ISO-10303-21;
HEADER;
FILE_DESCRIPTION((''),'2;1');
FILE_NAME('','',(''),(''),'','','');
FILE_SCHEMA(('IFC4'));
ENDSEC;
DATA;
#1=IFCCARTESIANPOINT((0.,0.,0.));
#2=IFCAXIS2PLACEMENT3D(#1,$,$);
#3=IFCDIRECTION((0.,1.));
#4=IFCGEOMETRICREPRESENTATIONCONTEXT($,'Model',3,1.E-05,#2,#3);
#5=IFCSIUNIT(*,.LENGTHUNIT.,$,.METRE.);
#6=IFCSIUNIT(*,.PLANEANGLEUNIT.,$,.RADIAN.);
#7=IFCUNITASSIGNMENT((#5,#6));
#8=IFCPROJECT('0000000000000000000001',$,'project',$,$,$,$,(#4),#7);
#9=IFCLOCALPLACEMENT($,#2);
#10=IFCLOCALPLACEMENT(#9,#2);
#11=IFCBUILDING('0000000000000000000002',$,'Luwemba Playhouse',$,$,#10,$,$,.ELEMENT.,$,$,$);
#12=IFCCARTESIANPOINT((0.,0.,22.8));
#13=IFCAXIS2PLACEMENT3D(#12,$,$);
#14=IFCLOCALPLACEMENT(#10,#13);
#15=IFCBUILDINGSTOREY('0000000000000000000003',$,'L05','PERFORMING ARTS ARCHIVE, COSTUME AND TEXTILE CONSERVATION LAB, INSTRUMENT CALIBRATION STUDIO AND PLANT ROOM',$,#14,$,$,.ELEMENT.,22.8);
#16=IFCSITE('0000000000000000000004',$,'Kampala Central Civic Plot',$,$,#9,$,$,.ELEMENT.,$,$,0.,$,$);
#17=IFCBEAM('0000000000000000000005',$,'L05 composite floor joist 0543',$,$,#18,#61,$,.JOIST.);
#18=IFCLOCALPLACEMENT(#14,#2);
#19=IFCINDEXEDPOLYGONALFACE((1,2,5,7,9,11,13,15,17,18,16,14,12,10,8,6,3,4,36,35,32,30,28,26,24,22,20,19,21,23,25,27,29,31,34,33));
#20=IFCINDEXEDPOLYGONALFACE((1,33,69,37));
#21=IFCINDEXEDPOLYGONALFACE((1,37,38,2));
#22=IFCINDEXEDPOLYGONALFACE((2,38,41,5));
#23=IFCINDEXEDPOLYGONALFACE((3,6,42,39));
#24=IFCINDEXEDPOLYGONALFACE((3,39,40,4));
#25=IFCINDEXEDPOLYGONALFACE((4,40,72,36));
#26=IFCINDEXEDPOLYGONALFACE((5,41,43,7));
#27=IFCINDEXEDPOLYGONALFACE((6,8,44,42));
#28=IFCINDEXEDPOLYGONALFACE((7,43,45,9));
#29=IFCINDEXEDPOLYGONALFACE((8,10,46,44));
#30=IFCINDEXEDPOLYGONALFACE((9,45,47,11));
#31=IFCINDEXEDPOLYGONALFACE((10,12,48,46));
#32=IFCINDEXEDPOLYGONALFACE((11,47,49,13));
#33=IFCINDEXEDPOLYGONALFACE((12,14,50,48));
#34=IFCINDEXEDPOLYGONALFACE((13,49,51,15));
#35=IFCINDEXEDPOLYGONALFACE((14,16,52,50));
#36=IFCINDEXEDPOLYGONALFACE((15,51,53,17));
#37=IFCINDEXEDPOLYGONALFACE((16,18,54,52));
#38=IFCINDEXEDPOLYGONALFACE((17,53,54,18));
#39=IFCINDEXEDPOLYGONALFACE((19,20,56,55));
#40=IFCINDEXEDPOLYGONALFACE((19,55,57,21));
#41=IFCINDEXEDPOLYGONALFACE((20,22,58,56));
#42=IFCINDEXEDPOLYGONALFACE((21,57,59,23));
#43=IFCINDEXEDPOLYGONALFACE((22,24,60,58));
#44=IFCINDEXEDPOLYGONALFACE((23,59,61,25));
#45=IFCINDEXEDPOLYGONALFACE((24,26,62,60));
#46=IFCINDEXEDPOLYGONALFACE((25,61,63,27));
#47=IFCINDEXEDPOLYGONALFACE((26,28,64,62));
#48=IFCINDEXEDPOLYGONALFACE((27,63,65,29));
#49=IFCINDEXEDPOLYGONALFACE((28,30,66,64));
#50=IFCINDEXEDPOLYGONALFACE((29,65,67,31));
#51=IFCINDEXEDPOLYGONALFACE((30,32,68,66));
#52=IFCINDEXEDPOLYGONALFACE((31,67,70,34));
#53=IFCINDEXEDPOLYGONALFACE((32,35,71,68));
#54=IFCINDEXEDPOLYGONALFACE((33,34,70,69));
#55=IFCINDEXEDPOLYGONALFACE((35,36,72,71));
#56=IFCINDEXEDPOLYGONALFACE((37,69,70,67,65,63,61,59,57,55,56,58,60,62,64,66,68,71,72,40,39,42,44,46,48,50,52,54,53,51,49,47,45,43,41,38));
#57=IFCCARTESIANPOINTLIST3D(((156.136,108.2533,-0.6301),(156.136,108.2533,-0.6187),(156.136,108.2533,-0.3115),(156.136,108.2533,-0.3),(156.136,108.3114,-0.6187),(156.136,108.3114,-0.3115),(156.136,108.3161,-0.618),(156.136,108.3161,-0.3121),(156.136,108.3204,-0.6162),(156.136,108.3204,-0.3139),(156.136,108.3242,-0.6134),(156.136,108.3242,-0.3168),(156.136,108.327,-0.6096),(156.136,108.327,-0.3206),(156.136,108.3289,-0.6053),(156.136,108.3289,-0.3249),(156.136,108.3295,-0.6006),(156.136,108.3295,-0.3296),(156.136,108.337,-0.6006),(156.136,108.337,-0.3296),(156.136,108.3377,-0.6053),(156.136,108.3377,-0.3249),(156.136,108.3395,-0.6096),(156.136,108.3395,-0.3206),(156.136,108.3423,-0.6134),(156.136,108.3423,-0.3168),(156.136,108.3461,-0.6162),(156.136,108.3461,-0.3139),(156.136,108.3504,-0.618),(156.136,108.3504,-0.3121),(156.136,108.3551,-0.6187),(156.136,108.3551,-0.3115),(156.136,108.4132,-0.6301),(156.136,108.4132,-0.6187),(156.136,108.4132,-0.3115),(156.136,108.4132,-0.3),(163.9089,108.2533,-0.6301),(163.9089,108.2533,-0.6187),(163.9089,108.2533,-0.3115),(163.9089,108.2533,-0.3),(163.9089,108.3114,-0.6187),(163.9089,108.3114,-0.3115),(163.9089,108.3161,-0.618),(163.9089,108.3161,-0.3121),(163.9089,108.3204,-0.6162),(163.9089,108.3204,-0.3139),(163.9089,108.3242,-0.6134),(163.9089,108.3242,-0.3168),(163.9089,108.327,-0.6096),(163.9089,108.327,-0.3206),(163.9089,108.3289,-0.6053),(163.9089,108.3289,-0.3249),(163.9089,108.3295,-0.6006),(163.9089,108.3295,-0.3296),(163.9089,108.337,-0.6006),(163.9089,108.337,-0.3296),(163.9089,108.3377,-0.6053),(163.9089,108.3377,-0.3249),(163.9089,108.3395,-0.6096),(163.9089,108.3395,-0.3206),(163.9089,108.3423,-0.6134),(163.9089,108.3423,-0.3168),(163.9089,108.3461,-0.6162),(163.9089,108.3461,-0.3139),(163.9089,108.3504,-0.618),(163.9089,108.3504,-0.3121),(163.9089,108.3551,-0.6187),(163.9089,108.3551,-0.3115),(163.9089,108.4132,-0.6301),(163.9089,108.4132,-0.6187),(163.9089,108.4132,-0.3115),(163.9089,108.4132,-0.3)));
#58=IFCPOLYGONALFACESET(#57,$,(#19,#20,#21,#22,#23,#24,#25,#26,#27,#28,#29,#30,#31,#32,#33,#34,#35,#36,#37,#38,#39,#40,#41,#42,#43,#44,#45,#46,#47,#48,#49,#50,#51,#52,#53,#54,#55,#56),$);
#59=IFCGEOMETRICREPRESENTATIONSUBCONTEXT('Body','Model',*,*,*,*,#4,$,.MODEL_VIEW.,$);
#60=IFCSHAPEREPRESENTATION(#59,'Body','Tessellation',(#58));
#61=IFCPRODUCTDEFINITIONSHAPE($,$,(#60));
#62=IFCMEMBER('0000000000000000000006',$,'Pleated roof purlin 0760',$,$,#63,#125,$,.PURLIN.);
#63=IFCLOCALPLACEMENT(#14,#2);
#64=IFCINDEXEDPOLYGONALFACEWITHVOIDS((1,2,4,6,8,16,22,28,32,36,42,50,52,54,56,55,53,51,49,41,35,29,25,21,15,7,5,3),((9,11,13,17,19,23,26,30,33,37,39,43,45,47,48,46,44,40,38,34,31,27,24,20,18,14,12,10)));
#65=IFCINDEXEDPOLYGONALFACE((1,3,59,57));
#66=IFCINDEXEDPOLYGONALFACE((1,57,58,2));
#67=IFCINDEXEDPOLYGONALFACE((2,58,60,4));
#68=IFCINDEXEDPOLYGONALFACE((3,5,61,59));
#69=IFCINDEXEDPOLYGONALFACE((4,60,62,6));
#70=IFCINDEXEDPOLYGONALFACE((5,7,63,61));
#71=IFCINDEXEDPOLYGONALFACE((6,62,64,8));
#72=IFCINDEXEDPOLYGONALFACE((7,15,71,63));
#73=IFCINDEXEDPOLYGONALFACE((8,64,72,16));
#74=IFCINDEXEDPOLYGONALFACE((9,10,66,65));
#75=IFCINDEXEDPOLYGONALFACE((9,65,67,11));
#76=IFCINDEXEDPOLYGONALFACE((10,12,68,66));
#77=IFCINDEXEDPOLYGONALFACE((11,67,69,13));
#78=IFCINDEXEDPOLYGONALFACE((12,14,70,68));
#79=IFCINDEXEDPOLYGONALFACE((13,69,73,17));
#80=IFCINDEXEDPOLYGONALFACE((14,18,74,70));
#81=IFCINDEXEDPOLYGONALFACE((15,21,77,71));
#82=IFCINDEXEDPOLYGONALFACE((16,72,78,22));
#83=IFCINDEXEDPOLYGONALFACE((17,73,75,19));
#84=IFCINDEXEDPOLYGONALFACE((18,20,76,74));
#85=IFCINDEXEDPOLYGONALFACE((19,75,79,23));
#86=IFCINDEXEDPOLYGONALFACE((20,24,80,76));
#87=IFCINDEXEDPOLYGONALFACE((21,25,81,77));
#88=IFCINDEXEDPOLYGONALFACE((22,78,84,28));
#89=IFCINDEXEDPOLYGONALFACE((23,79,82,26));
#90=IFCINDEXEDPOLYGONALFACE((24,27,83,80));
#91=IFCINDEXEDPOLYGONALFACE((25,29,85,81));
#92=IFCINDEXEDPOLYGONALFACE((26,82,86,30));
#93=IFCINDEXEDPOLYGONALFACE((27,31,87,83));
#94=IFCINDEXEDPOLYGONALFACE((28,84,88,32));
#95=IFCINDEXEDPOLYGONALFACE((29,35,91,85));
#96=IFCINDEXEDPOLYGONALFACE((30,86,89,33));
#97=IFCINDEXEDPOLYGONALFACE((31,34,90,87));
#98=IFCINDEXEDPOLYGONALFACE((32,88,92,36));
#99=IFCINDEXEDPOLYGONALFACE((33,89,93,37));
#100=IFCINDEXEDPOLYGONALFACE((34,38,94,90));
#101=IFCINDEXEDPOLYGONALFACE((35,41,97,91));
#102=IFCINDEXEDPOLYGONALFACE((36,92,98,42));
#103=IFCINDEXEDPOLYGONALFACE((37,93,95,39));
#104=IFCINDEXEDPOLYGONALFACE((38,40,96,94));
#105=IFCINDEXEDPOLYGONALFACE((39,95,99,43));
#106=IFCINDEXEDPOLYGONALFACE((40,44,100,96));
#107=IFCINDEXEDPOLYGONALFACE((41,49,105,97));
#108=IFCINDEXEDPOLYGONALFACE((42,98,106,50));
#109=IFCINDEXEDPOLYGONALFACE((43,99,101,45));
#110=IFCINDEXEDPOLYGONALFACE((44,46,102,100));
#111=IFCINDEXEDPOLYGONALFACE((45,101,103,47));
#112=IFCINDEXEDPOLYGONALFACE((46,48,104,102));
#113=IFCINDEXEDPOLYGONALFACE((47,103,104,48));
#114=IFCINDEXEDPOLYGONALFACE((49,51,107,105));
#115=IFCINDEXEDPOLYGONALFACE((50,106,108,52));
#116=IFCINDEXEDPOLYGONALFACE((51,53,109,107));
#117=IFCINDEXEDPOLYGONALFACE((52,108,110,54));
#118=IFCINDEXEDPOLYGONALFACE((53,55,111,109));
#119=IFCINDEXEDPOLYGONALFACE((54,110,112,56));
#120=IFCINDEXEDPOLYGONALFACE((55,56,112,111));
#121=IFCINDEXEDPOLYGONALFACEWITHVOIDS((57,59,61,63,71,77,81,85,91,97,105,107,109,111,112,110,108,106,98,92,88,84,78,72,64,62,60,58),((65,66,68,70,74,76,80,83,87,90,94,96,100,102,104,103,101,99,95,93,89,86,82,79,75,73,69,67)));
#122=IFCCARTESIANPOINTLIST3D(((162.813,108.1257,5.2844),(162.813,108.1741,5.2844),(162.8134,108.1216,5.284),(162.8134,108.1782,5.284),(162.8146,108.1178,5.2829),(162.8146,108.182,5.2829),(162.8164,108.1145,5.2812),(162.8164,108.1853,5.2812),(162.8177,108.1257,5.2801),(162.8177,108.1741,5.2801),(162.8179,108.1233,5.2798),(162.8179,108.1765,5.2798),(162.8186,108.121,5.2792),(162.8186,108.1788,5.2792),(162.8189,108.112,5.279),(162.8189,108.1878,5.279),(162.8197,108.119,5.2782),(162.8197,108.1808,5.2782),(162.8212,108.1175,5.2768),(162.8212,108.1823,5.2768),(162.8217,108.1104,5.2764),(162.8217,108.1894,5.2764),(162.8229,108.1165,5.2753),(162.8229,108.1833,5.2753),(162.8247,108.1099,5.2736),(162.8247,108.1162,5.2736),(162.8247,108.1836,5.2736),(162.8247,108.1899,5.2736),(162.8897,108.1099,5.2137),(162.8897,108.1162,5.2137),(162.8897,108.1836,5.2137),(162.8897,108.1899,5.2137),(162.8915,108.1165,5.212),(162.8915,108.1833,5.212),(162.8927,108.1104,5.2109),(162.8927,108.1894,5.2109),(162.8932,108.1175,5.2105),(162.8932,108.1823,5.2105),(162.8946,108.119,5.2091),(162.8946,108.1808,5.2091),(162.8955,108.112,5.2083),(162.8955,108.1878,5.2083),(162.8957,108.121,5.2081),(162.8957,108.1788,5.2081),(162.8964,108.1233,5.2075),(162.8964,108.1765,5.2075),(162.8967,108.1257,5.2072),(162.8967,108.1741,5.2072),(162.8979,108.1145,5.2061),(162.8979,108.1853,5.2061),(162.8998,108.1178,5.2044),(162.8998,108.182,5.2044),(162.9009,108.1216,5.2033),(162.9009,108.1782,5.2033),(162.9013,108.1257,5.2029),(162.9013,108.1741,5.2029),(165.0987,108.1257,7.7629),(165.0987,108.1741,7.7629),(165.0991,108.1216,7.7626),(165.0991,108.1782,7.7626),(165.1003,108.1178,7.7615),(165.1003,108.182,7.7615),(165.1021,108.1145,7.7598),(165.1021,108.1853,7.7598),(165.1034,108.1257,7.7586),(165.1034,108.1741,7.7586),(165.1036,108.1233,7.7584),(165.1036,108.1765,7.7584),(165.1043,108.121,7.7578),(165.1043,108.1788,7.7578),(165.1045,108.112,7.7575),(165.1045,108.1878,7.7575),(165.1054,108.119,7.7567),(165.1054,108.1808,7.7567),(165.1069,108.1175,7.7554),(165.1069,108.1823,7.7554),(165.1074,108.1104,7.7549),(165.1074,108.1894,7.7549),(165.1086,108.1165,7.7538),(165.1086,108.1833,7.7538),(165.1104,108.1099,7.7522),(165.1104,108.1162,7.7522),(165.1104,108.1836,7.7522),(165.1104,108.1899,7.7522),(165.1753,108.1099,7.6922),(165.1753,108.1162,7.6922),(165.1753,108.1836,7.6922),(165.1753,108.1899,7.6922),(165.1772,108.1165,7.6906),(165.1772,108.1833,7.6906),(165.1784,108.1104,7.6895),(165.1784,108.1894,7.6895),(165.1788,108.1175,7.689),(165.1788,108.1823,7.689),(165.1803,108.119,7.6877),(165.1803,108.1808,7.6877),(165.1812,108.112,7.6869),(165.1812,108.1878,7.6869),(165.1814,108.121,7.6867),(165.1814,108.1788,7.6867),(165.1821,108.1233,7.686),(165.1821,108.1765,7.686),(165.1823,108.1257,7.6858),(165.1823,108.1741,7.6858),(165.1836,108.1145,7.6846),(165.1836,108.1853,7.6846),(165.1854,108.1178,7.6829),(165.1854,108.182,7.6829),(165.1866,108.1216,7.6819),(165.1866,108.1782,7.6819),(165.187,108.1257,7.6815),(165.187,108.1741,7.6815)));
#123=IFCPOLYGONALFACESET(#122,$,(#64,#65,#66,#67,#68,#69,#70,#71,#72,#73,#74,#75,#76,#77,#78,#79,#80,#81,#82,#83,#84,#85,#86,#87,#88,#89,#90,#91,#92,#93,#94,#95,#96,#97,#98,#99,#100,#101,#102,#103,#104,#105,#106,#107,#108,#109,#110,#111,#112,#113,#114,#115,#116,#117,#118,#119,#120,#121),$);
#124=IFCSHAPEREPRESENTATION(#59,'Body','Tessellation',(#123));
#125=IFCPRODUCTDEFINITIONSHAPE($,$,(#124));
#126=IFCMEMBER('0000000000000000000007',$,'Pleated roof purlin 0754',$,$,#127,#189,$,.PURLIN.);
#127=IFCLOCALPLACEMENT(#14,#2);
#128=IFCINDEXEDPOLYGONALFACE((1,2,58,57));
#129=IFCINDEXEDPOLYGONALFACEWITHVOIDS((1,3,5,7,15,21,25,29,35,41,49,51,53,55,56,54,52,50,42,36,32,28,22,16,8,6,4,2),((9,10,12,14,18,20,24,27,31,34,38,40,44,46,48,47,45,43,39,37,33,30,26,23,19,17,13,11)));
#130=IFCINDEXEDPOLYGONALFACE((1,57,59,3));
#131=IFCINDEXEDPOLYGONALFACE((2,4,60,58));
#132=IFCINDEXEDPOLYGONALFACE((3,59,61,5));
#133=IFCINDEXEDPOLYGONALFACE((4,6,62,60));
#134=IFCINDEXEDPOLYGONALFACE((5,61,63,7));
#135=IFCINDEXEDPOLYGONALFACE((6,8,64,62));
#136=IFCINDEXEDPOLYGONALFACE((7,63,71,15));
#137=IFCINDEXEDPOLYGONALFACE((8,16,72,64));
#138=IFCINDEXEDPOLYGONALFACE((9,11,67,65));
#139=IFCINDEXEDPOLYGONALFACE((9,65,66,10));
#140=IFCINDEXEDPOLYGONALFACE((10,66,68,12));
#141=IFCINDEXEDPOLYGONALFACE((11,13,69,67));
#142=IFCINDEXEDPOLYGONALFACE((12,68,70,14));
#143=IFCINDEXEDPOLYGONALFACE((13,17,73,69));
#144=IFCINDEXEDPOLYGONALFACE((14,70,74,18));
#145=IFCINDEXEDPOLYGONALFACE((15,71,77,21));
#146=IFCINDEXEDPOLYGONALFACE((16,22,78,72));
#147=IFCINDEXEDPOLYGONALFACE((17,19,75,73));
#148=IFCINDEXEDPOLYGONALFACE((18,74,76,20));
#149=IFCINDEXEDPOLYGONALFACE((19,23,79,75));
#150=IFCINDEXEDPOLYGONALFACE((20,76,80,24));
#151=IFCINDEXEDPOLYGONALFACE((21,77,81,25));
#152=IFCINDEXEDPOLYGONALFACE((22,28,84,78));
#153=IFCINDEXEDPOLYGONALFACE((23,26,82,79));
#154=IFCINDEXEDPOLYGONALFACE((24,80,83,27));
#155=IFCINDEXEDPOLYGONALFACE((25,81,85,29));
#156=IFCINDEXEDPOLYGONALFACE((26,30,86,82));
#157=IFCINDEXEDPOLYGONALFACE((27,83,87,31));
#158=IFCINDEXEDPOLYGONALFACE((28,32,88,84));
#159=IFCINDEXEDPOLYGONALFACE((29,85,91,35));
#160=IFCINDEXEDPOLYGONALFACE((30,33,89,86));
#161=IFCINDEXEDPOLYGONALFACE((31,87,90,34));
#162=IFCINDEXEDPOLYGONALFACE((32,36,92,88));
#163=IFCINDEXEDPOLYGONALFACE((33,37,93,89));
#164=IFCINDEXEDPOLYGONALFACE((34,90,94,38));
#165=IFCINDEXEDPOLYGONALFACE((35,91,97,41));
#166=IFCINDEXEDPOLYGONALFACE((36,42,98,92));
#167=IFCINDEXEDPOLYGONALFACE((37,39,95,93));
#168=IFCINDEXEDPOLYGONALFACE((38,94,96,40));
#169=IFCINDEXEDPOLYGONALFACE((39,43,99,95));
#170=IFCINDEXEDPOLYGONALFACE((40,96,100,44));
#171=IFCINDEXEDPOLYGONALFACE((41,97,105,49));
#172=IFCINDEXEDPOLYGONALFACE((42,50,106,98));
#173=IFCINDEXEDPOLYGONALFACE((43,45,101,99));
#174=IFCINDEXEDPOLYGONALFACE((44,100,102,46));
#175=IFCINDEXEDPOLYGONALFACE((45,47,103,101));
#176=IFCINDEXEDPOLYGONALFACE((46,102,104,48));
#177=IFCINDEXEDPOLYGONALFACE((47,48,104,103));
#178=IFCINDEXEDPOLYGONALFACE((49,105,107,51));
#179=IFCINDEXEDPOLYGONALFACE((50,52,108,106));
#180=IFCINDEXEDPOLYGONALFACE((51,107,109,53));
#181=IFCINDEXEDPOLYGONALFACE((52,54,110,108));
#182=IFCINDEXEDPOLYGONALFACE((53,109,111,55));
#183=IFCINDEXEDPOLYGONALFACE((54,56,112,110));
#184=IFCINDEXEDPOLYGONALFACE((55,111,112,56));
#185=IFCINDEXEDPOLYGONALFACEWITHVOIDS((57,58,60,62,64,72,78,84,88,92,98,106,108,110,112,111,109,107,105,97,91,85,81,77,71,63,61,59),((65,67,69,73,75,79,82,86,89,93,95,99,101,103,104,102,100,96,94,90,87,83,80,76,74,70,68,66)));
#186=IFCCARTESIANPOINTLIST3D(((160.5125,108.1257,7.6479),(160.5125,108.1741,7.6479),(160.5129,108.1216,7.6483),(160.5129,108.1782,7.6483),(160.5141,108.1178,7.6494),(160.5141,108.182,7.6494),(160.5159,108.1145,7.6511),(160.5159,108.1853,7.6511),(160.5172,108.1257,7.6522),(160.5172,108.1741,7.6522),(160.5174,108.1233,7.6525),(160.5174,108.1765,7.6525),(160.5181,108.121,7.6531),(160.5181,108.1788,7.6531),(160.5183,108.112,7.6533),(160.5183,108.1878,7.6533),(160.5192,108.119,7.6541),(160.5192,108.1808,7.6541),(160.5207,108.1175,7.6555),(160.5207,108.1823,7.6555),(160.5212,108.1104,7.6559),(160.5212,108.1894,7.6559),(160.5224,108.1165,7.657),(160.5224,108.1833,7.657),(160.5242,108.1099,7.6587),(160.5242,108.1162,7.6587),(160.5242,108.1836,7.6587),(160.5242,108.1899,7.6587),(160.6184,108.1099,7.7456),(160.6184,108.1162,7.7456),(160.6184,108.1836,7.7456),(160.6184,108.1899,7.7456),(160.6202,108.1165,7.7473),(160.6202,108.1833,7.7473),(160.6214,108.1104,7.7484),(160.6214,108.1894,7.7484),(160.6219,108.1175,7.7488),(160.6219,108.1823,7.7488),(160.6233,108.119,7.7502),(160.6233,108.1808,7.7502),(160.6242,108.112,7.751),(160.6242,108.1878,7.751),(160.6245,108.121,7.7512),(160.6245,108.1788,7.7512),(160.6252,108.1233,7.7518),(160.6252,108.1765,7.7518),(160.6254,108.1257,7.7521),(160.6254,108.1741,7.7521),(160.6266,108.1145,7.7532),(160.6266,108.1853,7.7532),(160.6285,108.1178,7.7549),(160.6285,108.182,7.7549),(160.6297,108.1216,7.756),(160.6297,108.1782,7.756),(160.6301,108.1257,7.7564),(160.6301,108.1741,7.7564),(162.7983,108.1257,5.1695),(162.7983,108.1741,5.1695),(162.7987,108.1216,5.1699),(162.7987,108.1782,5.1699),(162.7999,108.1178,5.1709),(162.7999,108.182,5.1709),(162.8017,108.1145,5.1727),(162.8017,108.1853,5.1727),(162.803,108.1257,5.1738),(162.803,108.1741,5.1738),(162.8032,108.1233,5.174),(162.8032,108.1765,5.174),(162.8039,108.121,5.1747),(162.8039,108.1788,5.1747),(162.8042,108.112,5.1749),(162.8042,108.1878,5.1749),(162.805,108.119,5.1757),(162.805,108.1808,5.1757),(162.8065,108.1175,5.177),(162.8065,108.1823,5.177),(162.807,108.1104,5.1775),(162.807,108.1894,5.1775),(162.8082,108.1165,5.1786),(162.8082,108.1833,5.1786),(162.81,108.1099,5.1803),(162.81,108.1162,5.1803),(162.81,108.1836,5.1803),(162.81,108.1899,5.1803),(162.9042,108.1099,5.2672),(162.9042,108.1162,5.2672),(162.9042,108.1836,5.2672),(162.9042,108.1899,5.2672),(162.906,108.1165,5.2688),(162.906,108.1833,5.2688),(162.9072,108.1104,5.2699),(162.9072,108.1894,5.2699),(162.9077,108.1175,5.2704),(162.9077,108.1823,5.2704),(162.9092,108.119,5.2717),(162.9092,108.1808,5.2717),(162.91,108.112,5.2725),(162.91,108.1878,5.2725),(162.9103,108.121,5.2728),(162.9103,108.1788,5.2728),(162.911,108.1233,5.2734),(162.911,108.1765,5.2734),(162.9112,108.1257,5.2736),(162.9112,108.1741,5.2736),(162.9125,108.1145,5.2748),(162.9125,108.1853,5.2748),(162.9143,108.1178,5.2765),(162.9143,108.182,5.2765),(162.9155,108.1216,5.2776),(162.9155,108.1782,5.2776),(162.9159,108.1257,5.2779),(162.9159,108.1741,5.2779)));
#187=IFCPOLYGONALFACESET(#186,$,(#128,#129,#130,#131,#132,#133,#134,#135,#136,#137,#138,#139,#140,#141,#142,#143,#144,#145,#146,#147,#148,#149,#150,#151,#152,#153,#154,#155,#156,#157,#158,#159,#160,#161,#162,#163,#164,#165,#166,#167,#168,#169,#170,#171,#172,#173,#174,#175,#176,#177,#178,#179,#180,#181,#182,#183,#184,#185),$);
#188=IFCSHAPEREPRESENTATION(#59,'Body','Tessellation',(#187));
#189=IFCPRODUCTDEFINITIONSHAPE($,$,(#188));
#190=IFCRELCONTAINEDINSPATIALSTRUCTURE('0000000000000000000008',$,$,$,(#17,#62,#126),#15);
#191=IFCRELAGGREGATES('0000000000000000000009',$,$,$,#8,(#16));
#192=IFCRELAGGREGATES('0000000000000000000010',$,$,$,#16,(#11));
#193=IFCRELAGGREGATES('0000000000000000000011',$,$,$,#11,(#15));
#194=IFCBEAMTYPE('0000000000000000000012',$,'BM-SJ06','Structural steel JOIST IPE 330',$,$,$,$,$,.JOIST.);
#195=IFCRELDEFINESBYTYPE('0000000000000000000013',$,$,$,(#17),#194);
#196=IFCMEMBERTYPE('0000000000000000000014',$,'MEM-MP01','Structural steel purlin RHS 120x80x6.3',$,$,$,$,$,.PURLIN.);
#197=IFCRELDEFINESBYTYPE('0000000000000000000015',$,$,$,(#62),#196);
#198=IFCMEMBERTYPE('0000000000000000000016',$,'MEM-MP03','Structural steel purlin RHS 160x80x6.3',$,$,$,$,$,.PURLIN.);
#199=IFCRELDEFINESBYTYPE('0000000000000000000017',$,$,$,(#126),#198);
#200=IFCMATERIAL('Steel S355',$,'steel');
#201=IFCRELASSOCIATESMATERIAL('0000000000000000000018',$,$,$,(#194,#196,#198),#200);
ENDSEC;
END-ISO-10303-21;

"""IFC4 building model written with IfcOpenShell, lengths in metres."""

from ifc_helpers import new_model, si_unit, direction, frame, origin, origin_2d, place, context, subcontext, project, spatial, hollow_rectangle, i_section, extrude, material, material_profile, profile_set, type_object, element, save


model = new_model("IFC4")

# Units and contexts
model_context = context("Model", 3, precision=1e-05, world=origin(), true_north=direction((0.0, 1.0)))
body_context = subcontext(model_context, "Body", "Model", "MODEL_VIEW")
ifc_project = project(units=[si_unit("LENGTHUNIT", "METRE"), si_unit("PLANEANGLEUNIT", "RADIAN")], contexts=[model_context])

# Site, building, storey
site_placement = place(None, origin())
site = spatial("IfcSite", under=ifc_project, at=site_placement, Name="Kampala Central Civic Plot", CompositionType="ELEMENT", RefElevation=0.0)
building_placement = place(site_placement, origin())
building = spatial("IfcBuilding", under=site, at=building_placement, Name="Luwemba Playhouse", CompositionType="ELEMENT")
storey_placement = place(building_placement, frame((0.0, 0.0, 22.8)))
storey = spatial("IfcBuildingStorey", under=building, at=storey_placement, Name="L05", Description="PERFORMING ARTS ARCHIVE, COSTUME AND TEXTILE CONSERVATION LAB, INSTRUMENT CALIBRATION STUDIO AND PLANT ROOM", CompositionType="ELEMENT", Elevation=22.8)

# Beam
ifc_material_1 = material(Name="Steel S355", Category="steel")
ifc_material_profile_1 = material_profile(ifc_material_1, i_section(OverallWidth=0.1599, OverallDepth=0.3301, WebThickness=0.0076, FlangeThickness=0.0115, FilletRadius=0.0181, at=origin_2d()))
ifc_profile_set_1 = profile_set([ifc_material_profile_1], Name="Steel S355")
beam_type_1 = type_object("IfcBeamType", Name="BM-SJ06", Description="Structural steel JOIST IPE 330", PredefinedType="JOIST", material=ifc_profile_set_1)
beam_1_placement = place(storey_placement, frame((156.136, 108.3333, -0.4651), z_axis=(1.0, 0.0, 0.0), x_axis=(0.0, 1.0, 0.0)))
element("IfcBeam", 1, at=beam_1_placement, inside=storey, type_object=beam_type_1, Name="L05 composite floor joist 0543", PredefinedType="JOIST", context=body_context, shape_type="SweptSolid", body=[
    extrude(i_section(OverallWidth=0.1599, OverallDepth=0.3301, WebThickness=0.0076, FlangeThickness=0.0115, FilletRadius=0.0181, at=origin_2d()), origin(), (0.0, 0.0, 1.0), 7.7729),
])

# Members
ifc_material_profile_2 = material_profile(ifc_material_1, hollow_rectangle(XDim=0.0801, YDim=0.1201, WallThickness=0.0063, InnerFilletRadius=0.0095, OuterFilletRadius=0.0159, at=origin_2d()))
ifc_profile_set_2 = profile_set([ifc_material_profile_2], Name="Steel S355")
member_type_1 = type_object("IfcMemberType", Name="MEM-MP01", Description="Structural steel purlin RHS 120x80x6.3", PredefinedType="PURLIN", material=ifc_profile_set_2)
member_1_placement = place(storey_placement, frame((162.8572, 108.1499, 5.2437), z_axis=(0.677925, 0.0, 0.735131), x_axis=(0.0, 1.0, 0.0)))
element("IfcMember", 2, at=member_1_placement, inside=storey, type_object=member_type_1, Name="Pleated roof purlin 0760", PredefinedType="PURLIN", context=body_context, shape_type="SweptSolid", body=[
    extrude(hollow_rectangle(XDim=0.0801, YDim=0.1201, WallThickness=0.0063, InnerFilletRadius=0.0095, OuterFilletRadius=0.0159, at=origin_2d()), origin(), (0.0, 0.0, 1.0), 3.3716),
])
ifc_material_profile_3 = material_profile(ifc_material_1, hollow_rectangle(XDim=0.0801, YDim=0.1599, WallThickness=0.0063, InnerFilletRadius=0.0095, OuterFilletRadius=0.0159, at=origin_2d()))
ifc_profile_set_3 = profile_set([ifc_material_profile_3], Name="Steel S355")
member_type_2 = type_object("IfcMemberType", Name="MEM-MP03", Description="Structural steel purlin RHS 160x80x6.3", PredefinedType="PURLIN", material=ifc_profile_set_3)
member_2_placement = place(storey_placement, frame((160.5713, 108.1499, 7.7021), z_axis=(0.677964, 0.0, -0.735095), x_axis=(0.0, 1.0, 0.0)))
element("IfcMember", 3, at=member_2_placement, inside=storey, type_object=member_type_2, Name="Pleated roof purlin 0754", PredefinedType="PURLIN", context=body_context, shape_type="SweptSolid", body=[
    extrude(hollow_rectangle(XDim=0.0801, YDim=0.1599, WallThickness=0.0063, InnerFilletRadius=0.0095, OuterFilletRadius=0.0159, at=origin_2d()), origin(), (0.0, 0.0, 1.0), 3.3716),
])

save(model, "model.ifc")
